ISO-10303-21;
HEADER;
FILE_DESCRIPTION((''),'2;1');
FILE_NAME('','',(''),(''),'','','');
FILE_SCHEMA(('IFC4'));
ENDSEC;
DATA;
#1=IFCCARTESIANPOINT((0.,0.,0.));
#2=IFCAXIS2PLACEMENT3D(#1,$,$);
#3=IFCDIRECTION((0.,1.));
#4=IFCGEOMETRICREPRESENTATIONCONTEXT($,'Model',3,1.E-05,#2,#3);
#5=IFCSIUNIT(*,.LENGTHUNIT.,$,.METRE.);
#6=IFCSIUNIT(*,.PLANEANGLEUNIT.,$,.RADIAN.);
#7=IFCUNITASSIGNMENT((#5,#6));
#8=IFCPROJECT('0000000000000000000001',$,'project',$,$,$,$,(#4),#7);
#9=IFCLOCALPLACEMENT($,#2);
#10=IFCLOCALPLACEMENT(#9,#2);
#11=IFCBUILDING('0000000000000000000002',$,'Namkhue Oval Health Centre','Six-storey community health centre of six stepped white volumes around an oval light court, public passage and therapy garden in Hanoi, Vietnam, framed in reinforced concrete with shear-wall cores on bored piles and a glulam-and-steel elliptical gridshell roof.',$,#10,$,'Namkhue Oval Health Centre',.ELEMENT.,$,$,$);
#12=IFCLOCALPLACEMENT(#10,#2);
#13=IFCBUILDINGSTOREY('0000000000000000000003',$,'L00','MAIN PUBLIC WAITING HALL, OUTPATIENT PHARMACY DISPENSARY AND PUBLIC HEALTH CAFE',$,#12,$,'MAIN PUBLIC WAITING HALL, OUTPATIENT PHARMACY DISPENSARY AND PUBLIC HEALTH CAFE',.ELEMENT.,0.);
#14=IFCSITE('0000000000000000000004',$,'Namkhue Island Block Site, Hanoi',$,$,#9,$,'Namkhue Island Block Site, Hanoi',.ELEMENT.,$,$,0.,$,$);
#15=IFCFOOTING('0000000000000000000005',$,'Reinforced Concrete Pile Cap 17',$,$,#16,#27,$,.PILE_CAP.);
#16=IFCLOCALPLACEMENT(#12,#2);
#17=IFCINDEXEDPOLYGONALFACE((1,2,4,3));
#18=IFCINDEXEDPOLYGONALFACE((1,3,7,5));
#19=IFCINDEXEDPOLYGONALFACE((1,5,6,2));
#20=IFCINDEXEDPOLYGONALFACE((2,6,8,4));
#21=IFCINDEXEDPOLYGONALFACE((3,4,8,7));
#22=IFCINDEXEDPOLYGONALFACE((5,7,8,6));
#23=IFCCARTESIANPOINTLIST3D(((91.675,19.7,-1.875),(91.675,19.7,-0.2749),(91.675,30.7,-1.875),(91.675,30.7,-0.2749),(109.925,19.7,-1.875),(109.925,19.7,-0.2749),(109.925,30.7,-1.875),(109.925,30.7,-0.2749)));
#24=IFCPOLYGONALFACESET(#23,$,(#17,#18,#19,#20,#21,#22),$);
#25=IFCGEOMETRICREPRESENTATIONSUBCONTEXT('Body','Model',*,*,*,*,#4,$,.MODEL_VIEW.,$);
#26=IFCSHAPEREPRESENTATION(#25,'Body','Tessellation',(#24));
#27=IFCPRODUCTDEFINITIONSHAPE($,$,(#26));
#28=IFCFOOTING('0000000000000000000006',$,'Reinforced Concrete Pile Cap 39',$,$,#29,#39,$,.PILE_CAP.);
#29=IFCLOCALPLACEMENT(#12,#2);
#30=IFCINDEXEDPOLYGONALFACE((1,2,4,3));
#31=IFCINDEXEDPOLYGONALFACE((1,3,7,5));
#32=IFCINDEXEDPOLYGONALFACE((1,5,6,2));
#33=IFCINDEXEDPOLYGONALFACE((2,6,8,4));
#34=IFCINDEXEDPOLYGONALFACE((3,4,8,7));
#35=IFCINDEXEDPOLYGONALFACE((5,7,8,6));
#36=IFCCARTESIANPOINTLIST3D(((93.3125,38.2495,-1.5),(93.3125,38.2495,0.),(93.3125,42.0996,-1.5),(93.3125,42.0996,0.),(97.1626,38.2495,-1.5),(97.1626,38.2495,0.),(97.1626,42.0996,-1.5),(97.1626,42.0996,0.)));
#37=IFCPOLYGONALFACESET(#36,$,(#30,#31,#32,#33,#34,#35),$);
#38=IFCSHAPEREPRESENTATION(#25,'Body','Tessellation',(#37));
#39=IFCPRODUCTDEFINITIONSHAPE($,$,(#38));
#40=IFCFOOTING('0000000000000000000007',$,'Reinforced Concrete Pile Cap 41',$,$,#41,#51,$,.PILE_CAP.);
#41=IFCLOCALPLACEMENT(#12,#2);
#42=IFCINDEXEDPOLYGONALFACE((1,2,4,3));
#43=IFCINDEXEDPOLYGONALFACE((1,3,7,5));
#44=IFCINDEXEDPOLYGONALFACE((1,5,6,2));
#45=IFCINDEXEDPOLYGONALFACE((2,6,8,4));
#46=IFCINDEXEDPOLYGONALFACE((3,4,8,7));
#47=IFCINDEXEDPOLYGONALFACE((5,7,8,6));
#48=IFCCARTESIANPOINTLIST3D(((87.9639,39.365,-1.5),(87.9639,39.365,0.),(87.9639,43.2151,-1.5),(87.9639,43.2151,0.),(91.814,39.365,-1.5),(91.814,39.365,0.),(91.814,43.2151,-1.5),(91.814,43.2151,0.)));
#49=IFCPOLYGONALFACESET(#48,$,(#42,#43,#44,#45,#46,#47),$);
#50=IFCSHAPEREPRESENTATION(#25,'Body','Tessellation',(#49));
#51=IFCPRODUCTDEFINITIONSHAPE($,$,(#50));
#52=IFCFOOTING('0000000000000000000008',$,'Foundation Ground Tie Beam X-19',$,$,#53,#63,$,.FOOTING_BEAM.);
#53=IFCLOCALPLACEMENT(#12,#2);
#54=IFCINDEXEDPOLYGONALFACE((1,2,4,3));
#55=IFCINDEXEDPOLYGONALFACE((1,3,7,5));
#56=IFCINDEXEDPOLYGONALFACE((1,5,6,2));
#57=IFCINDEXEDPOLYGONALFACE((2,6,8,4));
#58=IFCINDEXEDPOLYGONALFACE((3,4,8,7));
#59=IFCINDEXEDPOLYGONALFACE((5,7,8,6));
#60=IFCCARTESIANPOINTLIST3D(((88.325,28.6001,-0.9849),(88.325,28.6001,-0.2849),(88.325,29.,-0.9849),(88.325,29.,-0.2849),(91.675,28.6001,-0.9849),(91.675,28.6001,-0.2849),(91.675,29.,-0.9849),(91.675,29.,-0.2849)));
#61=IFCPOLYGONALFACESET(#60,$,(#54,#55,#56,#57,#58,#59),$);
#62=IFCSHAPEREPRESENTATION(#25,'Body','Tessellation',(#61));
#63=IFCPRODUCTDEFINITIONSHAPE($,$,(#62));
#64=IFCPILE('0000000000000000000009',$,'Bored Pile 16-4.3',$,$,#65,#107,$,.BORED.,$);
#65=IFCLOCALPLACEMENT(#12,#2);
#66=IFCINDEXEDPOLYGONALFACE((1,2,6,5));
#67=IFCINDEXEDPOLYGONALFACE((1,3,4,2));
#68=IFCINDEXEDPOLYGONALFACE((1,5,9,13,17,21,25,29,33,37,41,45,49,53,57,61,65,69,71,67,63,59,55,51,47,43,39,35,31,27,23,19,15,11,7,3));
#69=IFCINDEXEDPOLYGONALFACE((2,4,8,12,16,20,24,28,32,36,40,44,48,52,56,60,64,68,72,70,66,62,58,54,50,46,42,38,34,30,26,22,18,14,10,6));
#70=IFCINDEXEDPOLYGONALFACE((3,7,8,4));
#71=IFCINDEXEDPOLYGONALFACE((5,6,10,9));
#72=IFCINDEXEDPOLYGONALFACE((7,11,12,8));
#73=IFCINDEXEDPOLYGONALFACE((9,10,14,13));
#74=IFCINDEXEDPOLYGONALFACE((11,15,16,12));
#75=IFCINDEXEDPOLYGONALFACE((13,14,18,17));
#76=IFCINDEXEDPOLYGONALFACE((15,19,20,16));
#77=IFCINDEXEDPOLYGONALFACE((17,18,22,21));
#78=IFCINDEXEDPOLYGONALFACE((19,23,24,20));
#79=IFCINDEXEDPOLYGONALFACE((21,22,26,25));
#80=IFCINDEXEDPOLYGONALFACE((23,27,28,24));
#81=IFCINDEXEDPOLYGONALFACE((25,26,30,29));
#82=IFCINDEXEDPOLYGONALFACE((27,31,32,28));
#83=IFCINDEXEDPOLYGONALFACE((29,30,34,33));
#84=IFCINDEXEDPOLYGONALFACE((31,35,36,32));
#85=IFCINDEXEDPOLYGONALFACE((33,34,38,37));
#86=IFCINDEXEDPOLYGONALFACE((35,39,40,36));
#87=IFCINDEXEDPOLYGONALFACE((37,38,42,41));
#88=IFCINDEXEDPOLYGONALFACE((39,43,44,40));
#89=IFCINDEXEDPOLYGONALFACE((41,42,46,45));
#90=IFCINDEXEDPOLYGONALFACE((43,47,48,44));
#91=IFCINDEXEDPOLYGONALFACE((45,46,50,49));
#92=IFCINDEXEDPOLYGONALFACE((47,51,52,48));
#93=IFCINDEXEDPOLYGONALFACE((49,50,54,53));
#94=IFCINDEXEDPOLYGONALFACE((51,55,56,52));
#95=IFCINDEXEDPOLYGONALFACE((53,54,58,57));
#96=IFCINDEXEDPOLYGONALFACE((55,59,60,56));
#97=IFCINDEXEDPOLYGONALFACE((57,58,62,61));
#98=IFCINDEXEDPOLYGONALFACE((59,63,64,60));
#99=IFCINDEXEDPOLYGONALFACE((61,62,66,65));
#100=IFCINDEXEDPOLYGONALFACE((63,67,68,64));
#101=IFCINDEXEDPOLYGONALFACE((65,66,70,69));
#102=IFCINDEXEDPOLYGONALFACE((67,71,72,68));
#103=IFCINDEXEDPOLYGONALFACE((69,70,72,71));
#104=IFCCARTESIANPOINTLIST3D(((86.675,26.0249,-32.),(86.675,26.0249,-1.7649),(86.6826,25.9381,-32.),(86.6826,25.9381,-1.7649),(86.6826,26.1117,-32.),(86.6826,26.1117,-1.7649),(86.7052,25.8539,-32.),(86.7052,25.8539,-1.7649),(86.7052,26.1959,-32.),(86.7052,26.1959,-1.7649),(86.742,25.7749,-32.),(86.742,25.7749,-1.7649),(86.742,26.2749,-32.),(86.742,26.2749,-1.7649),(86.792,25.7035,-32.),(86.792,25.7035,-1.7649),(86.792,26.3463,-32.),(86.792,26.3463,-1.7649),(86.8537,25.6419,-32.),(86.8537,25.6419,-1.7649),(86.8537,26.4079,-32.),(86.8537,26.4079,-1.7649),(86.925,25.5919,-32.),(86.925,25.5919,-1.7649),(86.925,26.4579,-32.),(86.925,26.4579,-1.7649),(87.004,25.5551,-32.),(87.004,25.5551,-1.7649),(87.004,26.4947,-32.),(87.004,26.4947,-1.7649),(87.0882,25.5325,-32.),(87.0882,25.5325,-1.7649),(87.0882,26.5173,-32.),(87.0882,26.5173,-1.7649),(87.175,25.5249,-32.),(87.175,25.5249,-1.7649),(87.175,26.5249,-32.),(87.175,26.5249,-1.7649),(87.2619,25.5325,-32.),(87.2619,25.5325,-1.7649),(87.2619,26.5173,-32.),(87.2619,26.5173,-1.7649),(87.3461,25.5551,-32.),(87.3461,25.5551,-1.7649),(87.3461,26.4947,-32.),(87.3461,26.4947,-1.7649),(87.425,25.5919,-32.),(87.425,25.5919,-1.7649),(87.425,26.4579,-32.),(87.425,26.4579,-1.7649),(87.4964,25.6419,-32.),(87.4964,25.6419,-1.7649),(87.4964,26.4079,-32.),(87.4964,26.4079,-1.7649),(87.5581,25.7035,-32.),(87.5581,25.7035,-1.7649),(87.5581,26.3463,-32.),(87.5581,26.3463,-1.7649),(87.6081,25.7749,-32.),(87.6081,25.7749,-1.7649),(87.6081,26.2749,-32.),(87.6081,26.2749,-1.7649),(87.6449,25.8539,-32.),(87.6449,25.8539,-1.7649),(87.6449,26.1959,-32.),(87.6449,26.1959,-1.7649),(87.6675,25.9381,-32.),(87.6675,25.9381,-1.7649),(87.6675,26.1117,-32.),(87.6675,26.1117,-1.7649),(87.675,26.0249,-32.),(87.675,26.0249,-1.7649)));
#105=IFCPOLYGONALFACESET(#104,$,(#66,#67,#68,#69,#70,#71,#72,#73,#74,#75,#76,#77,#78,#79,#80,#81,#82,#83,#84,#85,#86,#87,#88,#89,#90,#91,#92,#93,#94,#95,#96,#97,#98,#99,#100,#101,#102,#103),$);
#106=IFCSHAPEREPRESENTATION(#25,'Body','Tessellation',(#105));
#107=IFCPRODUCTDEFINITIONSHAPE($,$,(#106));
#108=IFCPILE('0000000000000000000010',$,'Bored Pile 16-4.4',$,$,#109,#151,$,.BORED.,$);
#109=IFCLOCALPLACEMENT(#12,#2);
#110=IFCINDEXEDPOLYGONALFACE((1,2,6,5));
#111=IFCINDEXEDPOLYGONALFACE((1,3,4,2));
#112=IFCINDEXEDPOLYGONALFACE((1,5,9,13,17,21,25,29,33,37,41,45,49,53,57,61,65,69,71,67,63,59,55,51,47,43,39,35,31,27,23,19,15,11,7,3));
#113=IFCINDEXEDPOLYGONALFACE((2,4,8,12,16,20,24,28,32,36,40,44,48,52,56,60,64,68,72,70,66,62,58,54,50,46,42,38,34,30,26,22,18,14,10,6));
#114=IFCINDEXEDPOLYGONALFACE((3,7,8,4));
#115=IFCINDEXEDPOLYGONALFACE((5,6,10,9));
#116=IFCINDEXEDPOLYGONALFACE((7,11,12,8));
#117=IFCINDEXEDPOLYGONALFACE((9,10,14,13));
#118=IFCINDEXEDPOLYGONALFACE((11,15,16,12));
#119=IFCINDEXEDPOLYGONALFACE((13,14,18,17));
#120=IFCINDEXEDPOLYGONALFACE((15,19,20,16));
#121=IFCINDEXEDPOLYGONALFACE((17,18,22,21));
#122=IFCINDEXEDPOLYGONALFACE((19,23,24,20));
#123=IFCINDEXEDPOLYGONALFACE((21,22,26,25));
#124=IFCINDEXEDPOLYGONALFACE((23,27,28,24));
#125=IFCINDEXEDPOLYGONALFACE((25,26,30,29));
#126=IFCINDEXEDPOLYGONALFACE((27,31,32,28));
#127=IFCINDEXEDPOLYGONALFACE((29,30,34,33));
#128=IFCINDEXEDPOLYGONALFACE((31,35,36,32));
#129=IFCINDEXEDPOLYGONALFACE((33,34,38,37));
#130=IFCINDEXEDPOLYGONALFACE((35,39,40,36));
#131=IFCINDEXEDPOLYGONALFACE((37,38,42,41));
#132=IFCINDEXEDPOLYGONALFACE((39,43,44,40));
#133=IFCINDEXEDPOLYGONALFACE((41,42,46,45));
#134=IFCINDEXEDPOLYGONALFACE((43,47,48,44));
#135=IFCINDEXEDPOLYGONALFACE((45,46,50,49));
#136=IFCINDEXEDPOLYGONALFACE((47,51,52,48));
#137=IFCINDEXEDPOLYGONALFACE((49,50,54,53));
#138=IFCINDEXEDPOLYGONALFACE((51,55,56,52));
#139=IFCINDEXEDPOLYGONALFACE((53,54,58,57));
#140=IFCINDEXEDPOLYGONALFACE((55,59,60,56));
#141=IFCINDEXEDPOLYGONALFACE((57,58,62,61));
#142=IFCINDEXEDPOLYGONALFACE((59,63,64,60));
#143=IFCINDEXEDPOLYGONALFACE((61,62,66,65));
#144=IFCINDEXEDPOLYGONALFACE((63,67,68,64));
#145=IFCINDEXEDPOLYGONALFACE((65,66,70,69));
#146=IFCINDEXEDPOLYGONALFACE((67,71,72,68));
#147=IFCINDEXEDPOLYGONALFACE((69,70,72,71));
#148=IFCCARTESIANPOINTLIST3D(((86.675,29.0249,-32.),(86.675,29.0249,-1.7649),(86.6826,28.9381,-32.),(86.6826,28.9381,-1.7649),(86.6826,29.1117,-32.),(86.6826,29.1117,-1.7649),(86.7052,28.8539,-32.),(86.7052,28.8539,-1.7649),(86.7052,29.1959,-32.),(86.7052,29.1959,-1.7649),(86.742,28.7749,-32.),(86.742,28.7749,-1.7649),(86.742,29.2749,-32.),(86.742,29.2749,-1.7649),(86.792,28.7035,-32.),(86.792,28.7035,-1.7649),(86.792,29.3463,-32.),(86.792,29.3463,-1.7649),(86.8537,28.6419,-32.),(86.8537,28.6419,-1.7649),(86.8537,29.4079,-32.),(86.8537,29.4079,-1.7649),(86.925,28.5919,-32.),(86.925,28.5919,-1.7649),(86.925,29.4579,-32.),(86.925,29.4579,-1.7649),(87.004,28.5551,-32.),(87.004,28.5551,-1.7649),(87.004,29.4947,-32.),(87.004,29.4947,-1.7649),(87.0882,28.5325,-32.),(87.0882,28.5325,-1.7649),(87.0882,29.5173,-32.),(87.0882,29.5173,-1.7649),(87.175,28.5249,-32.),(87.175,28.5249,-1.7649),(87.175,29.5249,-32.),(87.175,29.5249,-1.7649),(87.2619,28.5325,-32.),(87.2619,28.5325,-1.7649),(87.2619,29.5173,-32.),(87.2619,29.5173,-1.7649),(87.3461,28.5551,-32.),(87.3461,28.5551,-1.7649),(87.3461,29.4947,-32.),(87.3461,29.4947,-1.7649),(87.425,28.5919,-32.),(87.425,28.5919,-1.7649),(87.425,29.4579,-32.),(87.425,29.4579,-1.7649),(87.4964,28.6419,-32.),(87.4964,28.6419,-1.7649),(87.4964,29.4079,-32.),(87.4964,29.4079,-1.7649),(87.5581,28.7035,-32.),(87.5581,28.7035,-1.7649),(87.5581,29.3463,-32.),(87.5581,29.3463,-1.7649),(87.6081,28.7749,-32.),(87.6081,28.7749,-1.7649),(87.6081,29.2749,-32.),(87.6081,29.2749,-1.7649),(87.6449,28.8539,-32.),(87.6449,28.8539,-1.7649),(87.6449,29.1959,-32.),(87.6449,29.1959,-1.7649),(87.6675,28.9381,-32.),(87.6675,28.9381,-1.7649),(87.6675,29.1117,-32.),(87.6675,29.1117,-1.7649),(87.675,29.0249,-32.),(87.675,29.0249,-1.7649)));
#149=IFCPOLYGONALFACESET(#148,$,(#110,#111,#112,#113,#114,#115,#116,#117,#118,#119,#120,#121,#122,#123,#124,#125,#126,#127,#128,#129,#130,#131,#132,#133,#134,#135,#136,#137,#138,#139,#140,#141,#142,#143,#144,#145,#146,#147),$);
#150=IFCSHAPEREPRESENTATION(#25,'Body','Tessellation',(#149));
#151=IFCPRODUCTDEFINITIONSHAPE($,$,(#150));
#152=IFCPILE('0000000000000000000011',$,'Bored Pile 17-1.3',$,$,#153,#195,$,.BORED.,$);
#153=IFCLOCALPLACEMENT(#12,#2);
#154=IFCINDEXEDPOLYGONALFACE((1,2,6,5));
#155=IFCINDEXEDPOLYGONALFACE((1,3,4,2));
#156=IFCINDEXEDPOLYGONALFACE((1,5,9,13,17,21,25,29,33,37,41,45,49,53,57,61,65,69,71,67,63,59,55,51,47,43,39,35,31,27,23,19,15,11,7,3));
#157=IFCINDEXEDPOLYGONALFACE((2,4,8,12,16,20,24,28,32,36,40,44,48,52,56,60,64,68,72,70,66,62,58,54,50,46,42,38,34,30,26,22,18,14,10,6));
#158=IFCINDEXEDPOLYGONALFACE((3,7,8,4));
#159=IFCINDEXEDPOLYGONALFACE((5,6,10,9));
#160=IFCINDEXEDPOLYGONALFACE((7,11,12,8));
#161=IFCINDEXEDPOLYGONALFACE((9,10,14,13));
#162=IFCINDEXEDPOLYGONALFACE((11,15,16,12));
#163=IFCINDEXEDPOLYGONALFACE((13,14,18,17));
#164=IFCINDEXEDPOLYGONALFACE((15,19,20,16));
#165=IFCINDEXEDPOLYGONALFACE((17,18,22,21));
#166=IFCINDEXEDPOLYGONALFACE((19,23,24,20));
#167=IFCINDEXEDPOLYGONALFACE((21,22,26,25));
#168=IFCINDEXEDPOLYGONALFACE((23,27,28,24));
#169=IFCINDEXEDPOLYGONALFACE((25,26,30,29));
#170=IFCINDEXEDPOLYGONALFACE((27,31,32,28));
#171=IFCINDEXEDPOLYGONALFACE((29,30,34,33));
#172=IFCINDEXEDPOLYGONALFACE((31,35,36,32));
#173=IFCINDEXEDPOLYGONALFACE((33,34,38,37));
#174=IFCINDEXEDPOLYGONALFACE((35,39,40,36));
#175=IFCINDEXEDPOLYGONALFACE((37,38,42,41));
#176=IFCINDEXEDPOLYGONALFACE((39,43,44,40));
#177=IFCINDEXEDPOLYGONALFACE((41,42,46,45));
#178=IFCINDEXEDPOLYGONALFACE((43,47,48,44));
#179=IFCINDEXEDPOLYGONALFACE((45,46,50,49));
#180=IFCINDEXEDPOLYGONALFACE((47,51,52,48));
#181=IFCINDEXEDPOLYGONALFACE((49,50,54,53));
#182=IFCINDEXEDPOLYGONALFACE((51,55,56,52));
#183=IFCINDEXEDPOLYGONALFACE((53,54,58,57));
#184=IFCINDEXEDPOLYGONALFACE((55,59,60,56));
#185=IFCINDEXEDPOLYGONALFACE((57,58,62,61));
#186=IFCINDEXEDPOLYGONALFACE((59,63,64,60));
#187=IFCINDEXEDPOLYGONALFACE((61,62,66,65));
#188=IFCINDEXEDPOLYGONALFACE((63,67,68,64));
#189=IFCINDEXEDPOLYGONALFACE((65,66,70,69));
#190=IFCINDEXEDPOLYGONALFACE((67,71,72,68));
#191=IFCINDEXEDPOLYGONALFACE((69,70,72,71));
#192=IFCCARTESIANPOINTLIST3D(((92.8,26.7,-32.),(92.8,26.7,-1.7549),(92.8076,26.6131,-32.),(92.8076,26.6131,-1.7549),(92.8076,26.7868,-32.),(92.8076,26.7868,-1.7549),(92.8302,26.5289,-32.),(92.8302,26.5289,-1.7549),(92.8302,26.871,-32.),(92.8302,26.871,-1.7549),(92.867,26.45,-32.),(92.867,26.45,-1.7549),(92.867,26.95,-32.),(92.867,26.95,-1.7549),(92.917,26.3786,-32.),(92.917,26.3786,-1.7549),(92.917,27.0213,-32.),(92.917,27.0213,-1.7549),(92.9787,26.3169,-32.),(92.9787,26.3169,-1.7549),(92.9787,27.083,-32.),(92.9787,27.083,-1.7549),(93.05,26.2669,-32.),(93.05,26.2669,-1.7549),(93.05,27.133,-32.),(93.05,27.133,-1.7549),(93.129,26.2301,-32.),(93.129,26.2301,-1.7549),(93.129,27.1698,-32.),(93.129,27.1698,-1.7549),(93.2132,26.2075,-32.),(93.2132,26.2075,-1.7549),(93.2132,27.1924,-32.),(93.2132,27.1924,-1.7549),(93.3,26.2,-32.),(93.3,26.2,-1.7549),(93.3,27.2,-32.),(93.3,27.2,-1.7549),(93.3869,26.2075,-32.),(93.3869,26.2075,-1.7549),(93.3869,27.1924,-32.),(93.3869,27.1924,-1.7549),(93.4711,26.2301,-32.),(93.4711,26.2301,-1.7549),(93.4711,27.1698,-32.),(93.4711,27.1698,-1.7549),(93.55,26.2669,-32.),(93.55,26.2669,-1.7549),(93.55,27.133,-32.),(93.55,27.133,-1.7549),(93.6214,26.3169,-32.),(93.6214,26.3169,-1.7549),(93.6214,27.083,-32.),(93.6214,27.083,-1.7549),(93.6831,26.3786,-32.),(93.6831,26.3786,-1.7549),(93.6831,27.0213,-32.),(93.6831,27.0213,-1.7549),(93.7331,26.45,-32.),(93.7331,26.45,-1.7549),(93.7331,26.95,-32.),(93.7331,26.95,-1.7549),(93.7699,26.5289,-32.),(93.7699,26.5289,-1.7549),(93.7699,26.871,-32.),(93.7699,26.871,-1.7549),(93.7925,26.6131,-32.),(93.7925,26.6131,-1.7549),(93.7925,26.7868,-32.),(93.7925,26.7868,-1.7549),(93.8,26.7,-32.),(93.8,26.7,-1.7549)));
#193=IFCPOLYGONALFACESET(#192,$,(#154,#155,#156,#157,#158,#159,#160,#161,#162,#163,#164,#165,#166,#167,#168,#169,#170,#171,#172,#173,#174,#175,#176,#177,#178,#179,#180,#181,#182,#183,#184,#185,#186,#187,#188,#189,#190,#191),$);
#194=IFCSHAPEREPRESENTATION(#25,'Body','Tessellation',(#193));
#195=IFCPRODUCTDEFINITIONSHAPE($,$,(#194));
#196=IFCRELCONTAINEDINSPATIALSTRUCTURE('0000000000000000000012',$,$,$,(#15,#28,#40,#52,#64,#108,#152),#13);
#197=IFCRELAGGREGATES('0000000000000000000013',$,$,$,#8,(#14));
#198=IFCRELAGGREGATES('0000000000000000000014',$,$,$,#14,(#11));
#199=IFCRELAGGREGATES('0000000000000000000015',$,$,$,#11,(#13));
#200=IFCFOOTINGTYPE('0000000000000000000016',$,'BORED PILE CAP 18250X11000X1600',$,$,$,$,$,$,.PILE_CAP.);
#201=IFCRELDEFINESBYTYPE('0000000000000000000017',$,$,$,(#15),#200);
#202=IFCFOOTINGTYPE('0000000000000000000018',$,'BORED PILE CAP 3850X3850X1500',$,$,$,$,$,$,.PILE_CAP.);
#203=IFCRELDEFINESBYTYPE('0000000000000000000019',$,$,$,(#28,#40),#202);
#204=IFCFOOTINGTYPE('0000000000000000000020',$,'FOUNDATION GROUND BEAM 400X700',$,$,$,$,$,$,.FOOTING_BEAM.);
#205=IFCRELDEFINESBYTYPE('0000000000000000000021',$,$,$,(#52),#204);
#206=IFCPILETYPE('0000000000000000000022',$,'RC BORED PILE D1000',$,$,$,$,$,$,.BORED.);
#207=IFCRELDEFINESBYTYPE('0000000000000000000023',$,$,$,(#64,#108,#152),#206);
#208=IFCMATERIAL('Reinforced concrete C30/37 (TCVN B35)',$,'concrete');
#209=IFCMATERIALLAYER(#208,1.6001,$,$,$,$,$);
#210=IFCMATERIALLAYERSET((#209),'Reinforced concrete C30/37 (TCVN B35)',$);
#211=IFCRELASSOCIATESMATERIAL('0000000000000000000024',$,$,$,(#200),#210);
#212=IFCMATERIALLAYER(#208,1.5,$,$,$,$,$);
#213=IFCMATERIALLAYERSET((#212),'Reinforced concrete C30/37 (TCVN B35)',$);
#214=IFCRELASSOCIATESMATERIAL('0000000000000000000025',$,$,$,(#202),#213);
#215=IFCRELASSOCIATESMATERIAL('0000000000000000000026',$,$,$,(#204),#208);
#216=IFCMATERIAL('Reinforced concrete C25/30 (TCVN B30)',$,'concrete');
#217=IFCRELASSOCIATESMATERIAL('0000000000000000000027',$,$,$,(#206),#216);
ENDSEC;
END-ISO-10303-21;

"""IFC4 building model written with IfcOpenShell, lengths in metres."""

from ifc_helpers import new_model, si_unit, direction, frame, origin, origin_2d, place, context, subcontext, project, spatial, rectangle, circle, extrude, material, layer, layer_set, material_profile, profile_set, type_object, element, save


model = new_model("IFC4")

# Units and contexts
model_context = context("Model", 3, precision=1e-05, world=origin(), true_north=direction((0.0, 1.0)))
body_context = subcontext(model_context, "Body", "Model", "MODEL_VIEW")
ifc_project = project(units=[si_unit("LENGTHUNIT", "METRE"), si_unit("PLANEANGLEUNIT", "RADIAN")], contexts=[model_context])

# Site, building, storey
site_placement = place(None, origin())
site = spatial("IfcSite", under=ifc_project, at=site_placement, Name="Namkhue Island Block Site, Hanoi", LongName="Namkhue Island Block Site, Hanoi", CompositionType="ELEMENT", RefElevation=0.0)
building_placement = place(site_placement, origin())
building = spatial("IfcBuilding", under=site, at=building_placement, Name="Namkhue Oval Health Centre", Description="Six-storey community health centre of six stepped white volumes around an oval light court, public passage and therapy garden in Hanoi, Vietnam, framed in reinforced concrete with shear-wall cores on bored piles and a glulam-and-steel elliptical gridshell roof.", LongName="Namkhue Oval Health Centre", CompositionType="ELEMENT")
storey_placement = place(building_placement, origin())
storey = spatial("IfcBuildingStorey", under=building, at=storey_placement, Name="L00", Description="MAIN PUBLIC WAITING HALL, OUTPATIENT PHARMACY DISPENSARY AND PUBLIC HEALTH CAFE", LongName="MAIN PUBLIC WAITING HALL, OUTPATIENT PHARMACY DISPENSARY AND PUBLIC HEALTH CAFE", CompositionType="ELEMENT", Elevation=0.0)

# Footings
ifc_material_1 = material(Name="Reinforced concrete C30/37 (TCVN B35)", Category="concrete")
ifc_layer_1 = layer(ifc_material_1, 1.6001)
ifc_layer_set_1 = layer_set([ifc_layer_1], Name="Reinforced concrete C30/37 (TCVN B35)")
footing_type_1 = type_object("IfcFootingType", Name="BORED PILE CAP 18250X11000X1600", PredefinedType="PILE_CAP", material=ifc_layer_set_1)
footing_1_placement = place(storey_placement, frame((100.8, 25.2, -1.875), z_axis=(0.0, 0.0, 1.0), x_axis=(1.0, 0.0, 0.0)))
element("IfcFooting", 1, at=footing_1_placement, inside=storey, type_object=footing_type_1, Name="Reinforced Concrete Pile Cap 17", PredefinedType="PILE_CAP", context=body_context, shape_type="SweptSolid", body=[
    extrude(rectangle(XDim=18.25, YDim=11.0, at=origin_2d()), origin(), (0.0, 0.0, 1.0), 1.6001),
])
ifc_layer_2 = layer(ifc_material_1, 1.5)
ifc_layer_set_2 = layer_set([ifc_layer_2], Name="Reinforced concrete C30/37 (TCVN B35)")
footing_type_2 = type_object("IfcFootingType", Name="BORED PILE CAP 3850X3850X1500", PredefinedType="PILE_CAP", material=ifc_layer_set_2)
for number, where, z_axis, x_axis, name in (
    (2, (95.2375, 40.1746, -1.5), (0.0, 0.0, 1.0), (1.0, 0.0, 0.0), "Reinforced Concrete Pile Cap 39"),
    (3, (89.8889, 41.29, -1.5), (0.0, 0.0, 1.0), (1.0, 0.0, 0.0), "Reinforced Concrete Pile Cap 41"),
):
    element("IfcFooting", number, at=place(storey_placement, frame(where, z_axis=z_axis, x_axis=x_axis)), inside=storey, type_object=footing_type_2, Name=name, PredefinedType="PILE_CAP", context=body_context, shape_type="SweptSolid", body=[
        extrude(rectangle(XDim=3.8501, YDim=3.8501, at=origin_2d()), origin(), (0.0, 0.0, 1.0), 1.5),
    ])
footing_type_3 = type_object("IfcFootingType", Name="FOUNDATION GROUND BEAM 400X700", PredefinedType="FOOTING_BEAM", material=ifc_material_1)
footing_2_placement = place(storey_placement, frame((90.0, 28.8, -0.9849), z_axis=(0.0, 0.0, 1.0), x_axis=(1.0, 0.0, 0.0)))
element("IfcFooting", 4, at=footing_2_placement, inside=storey, type_object=footing_type_3, Name="Foundation Ground Tie Beam X-19", PredefinedType="FOOTING_BEAM", context=body_context, shape_type="SweptSolid", body=[
    extrude(rectangle(XDim=3.3501, YDim=0.3999, at=origin_2d()), origin(), (0.0, 0.0, 1.0), 0.7),
])

# Piles
ifc_material_2 = material(Name="Reinforced concrete C25/30 (TCVN B30)", Category="concrete")
ifc_material_profile_1 = material_profile(ifc_material_2, circle(Radius=0.5, at=origin_2d()), Name="BORED PILE D1000")
ifc_profile_set_1 = profile_set([ifc_material_profile_1], Name="Reinforced concrete C25/30 (TCVN B30)")
pile_type_1 = type_object("IfcPileType", Name="RC BORED PILE D1000", PredefinedType="BORED", material=ifc_profile_set_1)
for number, where, z_axis, x_axis, name in (
    (5, (87.175, 26.0249, -1.7649), (0.0, 0.0, -1.0), (1.0, 0.0, 0.0), "Bored Pile 16-4.3"),
    (6, (87.175, 29.0249, -1.7649), (0.0, 0.0, -1.0), (1.0, 0.0, 0.0), "Bored Pile 16-4.4"),
):
    element("IfcPile", number, at=place(storey_placement, frame(where, z_axis=z_axis, x_axis=x_axis)), inside=storey, type_object=pile_type_1, Name=name, PredefinedType="BORED", context=body_context, shape_type="SweptSolid", body=[
        extrude(circle(Radius=0.5, at=origin_2d()), origin(), (0.0, 0.0, 1.0), 30.2351),
    ])
for number, where, z_axis, x_axis, name in (
    (7, (93.3, 26.7, -1.7549), (0.0, 0.0, -1.0), (1.0, 0.0, 0.0), "Bored Pile 17-1.3"),
):
    element("IfcPile", number, at=place(storey_placement, frame(where, z_axis=z_axis, x_axis=x_axis)), inside=storey, type_object=pile_type_1, Name=name, PredefinedType="BORED", context=body_context, shape_type="SweptSolid", body=[
        extrude(circle(Radius=0.5, at=origin_2d()), origin(), (0.0, 0.0, 1.0), 30.2451),
    ])

save(model, "model.ifc")
